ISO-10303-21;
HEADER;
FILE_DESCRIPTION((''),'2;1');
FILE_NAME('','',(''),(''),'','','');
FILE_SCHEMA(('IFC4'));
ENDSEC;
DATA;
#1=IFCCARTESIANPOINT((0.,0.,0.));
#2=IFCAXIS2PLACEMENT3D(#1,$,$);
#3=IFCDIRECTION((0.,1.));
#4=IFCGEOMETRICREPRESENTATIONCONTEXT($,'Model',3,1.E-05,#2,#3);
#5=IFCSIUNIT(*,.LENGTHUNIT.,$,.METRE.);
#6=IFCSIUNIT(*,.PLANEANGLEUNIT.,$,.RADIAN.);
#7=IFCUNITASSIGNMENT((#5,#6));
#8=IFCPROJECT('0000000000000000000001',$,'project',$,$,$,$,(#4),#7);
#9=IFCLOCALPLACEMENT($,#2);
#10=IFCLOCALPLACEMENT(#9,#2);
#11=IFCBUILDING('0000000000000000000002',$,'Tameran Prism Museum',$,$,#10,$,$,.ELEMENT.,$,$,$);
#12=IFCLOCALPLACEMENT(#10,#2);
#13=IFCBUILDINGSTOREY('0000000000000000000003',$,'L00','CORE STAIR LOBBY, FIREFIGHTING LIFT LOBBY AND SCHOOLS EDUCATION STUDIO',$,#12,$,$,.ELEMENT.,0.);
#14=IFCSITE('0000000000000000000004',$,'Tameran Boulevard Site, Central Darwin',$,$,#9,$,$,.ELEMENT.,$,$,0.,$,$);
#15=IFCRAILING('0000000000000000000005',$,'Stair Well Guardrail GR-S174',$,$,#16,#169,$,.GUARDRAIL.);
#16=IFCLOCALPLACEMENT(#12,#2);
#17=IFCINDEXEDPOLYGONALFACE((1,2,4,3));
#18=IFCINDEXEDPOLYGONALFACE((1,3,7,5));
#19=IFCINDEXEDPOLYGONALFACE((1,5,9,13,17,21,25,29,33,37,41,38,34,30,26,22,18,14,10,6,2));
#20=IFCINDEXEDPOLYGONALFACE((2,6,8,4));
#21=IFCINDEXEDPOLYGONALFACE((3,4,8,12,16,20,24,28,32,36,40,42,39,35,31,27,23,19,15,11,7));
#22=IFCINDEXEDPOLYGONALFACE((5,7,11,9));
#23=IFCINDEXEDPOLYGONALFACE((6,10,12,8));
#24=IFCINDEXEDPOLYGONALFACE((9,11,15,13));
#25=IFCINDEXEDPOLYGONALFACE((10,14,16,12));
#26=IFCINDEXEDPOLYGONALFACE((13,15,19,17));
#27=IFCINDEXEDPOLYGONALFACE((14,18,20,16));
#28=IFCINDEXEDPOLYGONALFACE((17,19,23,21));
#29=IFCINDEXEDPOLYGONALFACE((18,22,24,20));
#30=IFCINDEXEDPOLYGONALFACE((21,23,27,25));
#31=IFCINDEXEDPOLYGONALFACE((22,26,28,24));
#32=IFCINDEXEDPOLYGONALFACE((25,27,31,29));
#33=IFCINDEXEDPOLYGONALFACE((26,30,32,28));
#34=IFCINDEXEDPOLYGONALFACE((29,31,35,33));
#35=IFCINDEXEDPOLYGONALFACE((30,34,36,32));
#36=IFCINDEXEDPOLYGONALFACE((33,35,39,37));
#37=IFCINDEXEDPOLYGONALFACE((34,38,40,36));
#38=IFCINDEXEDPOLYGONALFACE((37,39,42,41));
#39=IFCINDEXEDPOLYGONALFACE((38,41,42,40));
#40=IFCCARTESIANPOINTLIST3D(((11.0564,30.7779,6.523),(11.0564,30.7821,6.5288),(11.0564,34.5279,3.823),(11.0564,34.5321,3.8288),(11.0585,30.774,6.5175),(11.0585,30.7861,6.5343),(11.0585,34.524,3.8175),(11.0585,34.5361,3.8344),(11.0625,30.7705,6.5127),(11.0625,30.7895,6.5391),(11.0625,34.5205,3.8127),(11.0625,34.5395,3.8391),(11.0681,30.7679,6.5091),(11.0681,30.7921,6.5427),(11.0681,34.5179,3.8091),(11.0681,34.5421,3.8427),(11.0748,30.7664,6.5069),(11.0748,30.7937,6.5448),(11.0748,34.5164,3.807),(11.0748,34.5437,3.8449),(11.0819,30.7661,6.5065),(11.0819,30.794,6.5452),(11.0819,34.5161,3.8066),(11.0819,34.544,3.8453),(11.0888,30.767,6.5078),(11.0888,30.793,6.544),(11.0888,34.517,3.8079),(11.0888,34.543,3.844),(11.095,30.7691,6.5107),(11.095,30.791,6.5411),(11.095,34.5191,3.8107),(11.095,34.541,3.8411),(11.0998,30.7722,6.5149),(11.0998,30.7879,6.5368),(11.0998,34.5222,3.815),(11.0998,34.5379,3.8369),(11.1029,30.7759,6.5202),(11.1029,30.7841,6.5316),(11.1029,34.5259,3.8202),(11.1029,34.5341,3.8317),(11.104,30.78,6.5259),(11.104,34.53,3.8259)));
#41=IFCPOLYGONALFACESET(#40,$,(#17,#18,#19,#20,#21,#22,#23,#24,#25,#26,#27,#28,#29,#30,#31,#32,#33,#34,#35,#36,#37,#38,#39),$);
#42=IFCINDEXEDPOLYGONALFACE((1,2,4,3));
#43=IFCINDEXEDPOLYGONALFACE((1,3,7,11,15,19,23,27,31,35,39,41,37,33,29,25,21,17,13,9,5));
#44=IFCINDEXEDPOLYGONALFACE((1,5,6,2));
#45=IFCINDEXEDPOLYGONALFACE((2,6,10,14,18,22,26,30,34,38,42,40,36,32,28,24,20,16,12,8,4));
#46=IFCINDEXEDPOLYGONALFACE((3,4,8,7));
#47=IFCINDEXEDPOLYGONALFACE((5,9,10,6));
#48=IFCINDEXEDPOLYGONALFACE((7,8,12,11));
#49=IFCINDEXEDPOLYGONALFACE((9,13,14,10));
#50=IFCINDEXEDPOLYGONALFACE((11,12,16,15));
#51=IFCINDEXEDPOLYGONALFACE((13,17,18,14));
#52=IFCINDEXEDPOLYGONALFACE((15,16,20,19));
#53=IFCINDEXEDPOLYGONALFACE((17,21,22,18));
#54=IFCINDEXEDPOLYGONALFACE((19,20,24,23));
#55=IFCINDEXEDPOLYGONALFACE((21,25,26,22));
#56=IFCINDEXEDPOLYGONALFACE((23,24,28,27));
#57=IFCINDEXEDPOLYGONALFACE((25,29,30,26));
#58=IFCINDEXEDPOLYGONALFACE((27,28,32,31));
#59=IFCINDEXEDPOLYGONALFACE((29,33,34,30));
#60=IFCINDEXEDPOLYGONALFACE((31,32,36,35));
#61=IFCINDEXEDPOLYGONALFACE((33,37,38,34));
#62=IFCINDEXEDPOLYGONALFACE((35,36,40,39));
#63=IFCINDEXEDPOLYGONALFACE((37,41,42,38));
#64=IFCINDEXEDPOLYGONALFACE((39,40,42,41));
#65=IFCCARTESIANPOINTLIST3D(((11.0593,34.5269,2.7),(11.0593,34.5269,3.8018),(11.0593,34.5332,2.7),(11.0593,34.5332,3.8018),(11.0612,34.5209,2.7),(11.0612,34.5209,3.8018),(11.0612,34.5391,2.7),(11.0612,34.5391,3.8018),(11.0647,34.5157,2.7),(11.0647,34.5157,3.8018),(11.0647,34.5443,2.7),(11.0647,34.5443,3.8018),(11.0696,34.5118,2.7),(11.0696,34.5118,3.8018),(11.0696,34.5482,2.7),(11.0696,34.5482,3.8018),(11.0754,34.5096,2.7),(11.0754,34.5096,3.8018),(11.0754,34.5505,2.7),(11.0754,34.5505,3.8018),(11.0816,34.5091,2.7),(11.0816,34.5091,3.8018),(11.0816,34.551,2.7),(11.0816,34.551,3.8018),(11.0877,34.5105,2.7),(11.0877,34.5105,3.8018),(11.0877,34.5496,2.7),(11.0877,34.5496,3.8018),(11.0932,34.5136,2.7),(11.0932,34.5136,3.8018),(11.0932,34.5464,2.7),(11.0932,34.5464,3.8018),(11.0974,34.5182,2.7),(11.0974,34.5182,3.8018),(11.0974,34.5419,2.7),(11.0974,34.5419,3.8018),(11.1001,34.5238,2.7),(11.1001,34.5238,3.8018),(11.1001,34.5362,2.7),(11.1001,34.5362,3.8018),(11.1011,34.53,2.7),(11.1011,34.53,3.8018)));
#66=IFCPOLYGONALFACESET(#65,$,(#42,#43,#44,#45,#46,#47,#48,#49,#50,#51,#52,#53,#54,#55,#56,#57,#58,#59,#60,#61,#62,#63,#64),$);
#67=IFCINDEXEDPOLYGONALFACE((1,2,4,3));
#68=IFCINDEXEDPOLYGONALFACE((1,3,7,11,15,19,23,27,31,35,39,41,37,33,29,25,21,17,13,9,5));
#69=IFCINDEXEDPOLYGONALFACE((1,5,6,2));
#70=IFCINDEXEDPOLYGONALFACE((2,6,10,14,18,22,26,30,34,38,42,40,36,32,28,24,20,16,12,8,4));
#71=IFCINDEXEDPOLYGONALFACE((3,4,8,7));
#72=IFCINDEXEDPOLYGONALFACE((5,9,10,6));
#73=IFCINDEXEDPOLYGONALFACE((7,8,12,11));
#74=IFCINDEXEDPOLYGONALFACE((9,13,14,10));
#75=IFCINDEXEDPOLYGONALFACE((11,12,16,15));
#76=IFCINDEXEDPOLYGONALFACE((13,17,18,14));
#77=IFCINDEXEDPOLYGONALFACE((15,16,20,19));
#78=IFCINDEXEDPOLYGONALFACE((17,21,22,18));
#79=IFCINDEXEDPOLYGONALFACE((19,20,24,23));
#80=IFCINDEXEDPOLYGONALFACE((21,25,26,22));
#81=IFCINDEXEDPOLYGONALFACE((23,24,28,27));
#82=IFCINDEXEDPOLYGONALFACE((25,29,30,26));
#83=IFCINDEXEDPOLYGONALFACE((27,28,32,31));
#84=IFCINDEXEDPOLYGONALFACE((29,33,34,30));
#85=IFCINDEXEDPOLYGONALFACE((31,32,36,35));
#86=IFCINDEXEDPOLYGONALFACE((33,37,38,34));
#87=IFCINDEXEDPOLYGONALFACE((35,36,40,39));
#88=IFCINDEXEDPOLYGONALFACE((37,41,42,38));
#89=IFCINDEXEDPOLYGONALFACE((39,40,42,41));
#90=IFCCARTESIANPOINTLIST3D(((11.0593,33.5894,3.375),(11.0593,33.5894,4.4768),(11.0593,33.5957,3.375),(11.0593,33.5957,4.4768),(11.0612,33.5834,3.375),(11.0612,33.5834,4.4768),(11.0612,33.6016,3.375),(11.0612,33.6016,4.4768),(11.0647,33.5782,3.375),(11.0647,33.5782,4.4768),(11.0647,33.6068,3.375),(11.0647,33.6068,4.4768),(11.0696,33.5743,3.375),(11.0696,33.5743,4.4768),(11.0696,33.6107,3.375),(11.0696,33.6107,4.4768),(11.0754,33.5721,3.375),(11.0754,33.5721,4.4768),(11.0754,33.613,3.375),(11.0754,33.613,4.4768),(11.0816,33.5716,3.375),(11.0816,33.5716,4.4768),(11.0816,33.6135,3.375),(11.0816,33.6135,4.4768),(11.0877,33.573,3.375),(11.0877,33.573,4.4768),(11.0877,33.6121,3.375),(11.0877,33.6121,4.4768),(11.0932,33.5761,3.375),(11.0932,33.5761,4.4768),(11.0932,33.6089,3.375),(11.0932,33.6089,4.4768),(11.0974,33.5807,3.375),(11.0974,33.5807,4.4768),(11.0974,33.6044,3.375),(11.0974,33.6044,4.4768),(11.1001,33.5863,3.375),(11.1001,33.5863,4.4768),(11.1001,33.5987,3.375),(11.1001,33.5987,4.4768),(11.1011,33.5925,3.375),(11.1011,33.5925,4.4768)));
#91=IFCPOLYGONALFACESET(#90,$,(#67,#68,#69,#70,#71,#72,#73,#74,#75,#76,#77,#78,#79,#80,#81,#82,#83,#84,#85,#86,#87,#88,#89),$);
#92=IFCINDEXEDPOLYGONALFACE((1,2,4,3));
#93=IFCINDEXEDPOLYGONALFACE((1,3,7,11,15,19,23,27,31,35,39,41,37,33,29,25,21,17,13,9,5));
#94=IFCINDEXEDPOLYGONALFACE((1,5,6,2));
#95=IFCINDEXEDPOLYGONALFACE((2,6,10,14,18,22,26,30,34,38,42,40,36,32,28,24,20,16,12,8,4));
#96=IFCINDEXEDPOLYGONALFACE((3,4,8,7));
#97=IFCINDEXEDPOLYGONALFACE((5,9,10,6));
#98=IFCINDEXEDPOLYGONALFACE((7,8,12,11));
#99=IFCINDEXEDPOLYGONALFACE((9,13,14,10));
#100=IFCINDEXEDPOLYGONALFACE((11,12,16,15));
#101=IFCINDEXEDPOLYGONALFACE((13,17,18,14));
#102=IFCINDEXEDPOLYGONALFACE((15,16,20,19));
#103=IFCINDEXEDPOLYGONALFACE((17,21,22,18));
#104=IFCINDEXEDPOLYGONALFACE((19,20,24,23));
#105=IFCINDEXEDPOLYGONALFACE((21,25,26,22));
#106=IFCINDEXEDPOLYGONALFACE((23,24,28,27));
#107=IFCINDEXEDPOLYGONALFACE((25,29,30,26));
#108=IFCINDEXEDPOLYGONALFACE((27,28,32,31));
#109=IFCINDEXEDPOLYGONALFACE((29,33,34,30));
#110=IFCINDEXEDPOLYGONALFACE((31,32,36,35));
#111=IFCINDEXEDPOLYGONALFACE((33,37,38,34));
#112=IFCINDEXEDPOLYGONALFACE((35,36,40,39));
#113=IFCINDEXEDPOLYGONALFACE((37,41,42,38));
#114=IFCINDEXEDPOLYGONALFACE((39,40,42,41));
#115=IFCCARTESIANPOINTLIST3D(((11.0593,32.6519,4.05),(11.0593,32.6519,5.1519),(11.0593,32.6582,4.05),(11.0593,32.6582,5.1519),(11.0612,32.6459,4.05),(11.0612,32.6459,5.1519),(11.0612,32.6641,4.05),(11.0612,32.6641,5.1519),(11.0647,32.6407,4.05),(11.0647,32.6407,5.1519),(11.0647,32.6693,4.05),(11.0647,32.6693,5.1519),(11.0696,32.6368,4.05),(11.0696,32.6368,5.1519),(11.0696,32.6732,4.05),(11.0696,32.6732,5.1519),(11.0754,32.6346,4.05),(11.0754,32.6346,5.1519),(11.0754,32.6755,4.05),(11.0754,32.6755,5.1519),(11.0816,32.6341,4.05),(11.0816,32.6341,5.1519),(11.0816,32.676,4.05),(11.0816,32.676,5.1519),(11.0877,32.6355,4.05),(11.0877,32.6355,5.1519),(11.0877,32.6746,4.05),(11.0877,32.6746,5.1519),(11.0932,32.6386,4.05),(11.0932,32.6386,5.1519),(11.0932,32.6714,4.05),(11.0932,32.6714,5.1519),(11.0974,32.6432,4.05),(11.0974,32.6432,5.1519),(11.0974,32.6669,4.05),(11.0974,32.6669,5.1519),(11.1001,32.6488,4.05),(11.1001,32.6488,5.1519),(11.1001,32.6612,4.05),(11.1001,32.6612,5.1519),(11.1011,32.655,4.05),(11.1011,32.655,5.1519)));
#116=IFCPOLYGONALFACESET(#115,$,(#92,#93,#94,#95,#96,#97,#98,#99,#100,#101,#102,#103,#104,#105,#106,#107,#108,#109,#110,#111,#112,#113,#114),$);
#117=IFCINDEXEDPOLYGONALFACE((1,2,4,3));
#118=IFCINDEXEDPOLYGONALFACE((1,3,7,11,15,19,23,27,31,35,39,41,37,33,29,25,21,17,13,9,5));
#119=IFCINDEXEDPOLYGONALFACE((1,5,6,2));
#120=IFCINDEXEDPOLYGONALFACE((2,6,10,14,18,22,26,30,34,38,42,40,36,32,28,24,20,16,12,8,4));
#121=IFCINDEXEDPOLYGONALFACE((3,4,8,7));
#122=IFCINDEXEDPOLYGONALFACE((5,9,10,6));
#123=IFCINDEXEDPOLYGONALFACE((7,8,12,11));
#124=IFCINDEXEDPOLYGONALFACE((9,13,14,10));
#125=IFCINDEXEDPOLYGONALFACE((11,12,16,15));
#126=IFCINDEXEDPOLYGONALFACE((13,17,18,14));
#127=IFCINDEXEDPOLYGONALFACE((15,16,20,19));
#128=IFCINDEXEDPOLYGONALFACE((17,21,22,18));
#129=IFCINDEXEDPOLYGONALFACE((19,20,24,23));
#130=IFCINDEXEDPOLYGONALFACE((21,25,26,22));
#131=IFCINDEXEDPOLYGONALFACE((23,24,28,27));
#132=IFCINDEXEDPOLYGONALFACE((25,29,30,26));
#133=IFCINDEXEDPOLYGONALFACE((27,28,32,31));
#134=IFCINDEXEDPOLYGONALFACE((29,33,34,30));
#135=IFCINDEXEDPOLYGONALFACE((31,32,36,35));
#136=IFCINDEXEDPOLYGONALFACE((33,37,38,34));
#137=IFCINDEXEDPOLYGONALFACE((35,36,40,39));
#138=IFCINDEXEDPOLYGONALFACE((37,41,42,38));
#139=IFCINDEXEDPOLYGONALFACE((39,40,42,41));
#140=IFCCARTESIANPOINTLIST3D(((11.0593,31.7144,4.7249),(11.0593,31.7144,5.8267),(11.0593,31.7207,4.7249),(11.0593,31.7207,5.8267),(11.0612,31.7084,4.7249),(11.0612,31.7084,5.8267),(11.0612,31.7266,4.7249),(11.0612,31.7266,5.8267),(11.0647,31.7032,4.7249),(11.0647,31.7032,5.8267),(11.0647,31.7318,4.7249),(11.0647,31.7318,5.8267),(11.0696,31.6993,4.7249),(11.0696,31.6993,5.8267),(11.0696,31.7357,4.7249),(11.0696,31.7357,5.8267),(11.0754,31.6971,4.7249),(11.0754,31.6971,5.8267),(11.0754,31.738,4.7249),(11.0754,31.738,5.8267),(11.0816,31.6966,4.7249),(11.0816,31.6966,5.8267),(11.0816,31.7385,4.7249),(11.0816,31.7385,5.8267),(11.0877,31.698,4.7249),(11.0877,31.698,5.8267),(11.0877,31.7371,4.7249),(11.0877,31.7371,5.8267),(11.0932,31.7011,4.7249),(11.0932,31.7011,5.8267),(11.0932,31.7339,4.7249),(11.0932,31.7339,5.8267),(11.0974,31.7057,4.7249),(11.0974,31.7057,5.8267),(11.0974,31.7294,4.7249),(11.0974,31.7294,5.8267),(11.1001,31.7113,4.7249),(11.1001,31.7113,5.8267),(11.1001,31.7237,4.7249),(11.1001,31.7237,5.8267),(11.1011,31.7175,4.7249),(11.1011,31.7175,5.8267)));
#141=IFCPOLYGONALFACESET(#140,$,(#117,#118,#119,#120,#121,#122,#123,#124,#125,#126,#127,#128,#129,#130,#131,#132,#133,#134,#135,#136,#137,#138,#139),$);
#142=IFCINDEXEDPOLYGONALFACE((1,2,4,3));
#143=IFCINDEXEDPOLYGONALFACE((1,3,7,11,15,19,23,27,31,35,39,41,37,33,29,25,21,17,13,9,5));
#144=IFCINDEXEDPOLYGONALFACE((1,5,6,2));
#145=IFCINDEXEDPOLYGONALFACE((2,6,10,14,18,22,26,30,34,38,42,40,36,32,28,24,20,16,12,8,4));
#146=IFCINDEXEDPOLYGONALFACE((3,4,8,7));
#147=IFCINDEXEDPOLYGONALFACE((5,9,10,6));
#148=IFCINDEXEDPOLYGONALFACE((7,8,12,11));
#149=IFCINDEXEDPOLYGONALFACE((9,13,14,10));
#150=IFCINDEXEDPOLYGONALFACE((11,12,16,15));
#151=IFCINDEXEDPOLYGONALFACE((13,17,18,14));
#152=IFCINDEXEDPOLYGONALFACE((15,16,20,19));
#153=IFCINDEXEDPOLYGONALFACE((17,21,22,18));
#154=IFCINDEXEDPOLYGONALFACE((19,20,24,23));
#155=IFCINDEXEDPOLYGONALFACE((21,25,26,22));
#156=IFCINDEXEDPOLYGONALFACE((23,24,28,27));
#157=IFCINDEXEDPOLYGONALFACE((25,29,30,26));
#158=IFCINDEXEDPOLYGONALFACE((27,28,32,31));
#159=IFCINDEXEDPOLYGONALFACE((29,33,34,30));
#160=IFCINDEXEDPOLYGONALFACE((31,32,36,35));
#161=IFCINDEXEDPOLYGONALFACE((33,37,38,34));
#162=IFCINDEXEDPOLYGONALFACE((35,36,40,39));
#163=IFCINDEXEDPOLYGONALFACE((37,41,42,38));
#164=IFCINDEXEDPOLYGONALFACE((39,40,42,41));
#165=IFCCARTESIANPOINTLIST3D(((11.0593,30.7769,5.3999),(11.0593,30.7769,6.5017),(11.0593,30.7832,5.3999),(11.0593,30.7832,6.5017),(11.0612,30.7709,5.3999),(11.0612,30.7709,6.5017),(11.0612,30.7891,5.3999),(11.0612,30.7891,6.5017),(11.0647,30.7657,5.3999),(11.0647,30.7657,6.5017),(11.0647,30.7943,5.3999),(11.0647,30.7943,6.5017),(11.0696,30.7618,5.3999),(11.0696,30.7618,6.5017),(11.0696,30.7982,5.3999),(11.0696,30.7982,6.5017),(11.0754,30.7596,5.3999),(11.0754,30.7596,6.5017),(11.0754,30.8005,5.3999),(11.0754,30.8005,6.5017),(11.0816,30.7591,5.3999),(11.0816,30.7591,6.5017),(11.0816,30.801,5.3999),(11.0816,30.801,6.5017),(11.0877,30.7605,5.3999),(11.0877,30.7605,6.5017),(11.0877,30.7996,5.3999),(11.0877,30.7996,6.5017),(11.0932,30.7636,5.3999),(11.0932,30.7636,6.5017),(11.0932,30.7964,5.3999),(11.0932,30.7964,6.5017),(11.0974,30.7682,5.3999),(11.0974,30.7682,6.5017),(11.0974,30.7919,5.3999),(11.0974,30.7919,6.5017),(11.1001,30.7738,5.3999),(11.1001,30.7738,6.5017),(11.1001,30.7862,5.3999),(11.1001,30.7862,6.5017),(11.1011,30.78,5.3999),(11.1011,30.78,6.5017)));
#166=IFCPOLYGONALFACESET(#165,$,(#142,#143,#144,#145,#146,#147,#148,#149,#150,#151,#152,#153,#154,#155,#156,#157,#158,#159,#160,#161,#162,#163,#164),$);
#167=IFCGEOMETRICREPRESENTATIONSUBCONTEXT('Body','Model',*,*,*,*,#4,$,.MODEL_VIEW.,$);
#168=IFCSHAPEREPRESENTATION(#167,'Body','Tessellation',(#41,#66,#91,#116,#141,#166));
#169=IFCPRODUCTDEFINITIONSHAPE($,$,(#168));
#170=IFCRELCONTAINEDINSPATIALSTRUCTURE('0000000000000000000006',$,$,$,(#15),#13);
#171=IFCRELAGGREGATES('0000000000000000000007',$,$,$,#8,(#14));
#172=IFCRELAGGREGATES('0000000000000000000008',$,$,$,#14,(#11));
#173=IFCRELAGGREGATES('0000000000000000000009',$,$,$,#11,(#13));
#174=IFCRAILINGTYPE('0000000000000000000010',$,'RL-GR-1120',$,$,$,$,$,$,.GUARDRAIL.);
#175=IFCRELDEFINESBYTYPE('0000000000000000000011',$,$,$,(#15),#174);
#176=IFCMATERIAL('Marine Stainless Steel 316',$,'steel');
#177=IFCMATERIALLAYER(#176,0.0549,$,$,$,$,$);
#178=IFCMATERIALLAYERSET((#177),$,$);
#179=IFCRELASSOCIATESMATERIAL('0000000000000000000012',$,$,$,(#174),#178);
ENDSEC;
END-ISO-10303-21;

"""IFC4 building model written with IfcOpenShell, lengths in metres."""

from ifc_helpers import new_model, si_unit, direction, frame, origin, origin_2d, place, context, subcontext, project, spatial, circle, extrude, material, layer, layer_set, type_object, element, save


model = new_model("IFC4")

# Units and contexts
model_context = context("Model", 3, precision=1e-05, world=origin(), true_north=direction((0.0, 1.0)))
body_context = subcontext(model_context, "Body", "Model", "MODEL_VIEW")
ifc_project = project(units=[si_unit("LENGTHUNIT", "METRE"), si_unit("PLANEANGLEUNIT", "RADIAN")], contexts=[model_context])

# Site, building, storey
site_placement = place(None, origin())
site = spatial("IfcSite", under=ifc_project, at=site_placement, Name="Tameran Boulevard Site, Central Darwin", CompositionType="ELEMENT", RefElevation=0.0)
building_placement = place(site_placement, origin())
building = spatial("IfcBuilding", under=site, at=building_placement, Name="Tameran Prism Museum", CompositionType="ELEMENT")
storey_placement = place(building_placement, origin())
storey = spatial("IfcBuildingStorey", under=building, at=storey_placement, Name="L00", Description="CORE STAIR LOBBY, FIREFIGHTING LIFT LOBBY AND SCHOOLS EDUCATION STUDIO", CompositionType="ELEMENT", Elevation=0.0)

# Railing
ifc_material_1 = material(Name="Marine Stainless Steel 316", Category="steel")
ifc_layer_1 = layer(ifc_material_1, 0.0549)
ifc_layer_set_1 = layer_set([ifc_layer_1])
railing_type_1 = type_object("IfcRailingType", Name="RL-GR-1120", PredefinedType="GUARDRAIL", material=ifc_layer_set_1)
railing_1_placement = place(storey_placement, frame((11.0801, 34.53, 2.7)))
element("IfcRailing", 1, at=railing_1_placement, inside=storey, type_object=railing_type_1, Name="Stair Well Guardrail GR-S174", PredefinedType="GUARDRAIL", context=body_context, shape_type="SweptSolid", body=[
    extrude(circle(Radius=0.0239, at=origin_2d()), frame((0.0, 0.0, 1.126), z_axis=(0.0, -0.811539, 0.584298), x_axis=(1.0, 0.0, 0.0)), (0.0, 0.0, 1.0), 4.6208),
    extrude(circle(Radius=0.021, at=origin_2d()), origin(), (0.0, 0.0, 1.0), 1.1018),
    extrude(circle(Radius=0.021, at=origin_2d()), frame((0.0, -0.9375, 0.675)), (0.0, 0.0, 1.0), 1.1018),
    extrude(circle(Radius=0.021, at=origin_2d()), frame((0.0, -1.875, 1.3501)), (0.0, 0.0, 1.0), 1.1018),
    extrude(circle(Radius=0.021, at=origin_2d()), frame((0.0, -2.8125, 2.0249)), (0.0, 0.0, 1.0), 1.1018),
    extrude(circle(Radius=0.021, at=origin_2d()), frame((0.0, -3.75, 2.7)), (0.0, 0.0, 1.0), 1.1018),
])

save(model, "model.ifc")
